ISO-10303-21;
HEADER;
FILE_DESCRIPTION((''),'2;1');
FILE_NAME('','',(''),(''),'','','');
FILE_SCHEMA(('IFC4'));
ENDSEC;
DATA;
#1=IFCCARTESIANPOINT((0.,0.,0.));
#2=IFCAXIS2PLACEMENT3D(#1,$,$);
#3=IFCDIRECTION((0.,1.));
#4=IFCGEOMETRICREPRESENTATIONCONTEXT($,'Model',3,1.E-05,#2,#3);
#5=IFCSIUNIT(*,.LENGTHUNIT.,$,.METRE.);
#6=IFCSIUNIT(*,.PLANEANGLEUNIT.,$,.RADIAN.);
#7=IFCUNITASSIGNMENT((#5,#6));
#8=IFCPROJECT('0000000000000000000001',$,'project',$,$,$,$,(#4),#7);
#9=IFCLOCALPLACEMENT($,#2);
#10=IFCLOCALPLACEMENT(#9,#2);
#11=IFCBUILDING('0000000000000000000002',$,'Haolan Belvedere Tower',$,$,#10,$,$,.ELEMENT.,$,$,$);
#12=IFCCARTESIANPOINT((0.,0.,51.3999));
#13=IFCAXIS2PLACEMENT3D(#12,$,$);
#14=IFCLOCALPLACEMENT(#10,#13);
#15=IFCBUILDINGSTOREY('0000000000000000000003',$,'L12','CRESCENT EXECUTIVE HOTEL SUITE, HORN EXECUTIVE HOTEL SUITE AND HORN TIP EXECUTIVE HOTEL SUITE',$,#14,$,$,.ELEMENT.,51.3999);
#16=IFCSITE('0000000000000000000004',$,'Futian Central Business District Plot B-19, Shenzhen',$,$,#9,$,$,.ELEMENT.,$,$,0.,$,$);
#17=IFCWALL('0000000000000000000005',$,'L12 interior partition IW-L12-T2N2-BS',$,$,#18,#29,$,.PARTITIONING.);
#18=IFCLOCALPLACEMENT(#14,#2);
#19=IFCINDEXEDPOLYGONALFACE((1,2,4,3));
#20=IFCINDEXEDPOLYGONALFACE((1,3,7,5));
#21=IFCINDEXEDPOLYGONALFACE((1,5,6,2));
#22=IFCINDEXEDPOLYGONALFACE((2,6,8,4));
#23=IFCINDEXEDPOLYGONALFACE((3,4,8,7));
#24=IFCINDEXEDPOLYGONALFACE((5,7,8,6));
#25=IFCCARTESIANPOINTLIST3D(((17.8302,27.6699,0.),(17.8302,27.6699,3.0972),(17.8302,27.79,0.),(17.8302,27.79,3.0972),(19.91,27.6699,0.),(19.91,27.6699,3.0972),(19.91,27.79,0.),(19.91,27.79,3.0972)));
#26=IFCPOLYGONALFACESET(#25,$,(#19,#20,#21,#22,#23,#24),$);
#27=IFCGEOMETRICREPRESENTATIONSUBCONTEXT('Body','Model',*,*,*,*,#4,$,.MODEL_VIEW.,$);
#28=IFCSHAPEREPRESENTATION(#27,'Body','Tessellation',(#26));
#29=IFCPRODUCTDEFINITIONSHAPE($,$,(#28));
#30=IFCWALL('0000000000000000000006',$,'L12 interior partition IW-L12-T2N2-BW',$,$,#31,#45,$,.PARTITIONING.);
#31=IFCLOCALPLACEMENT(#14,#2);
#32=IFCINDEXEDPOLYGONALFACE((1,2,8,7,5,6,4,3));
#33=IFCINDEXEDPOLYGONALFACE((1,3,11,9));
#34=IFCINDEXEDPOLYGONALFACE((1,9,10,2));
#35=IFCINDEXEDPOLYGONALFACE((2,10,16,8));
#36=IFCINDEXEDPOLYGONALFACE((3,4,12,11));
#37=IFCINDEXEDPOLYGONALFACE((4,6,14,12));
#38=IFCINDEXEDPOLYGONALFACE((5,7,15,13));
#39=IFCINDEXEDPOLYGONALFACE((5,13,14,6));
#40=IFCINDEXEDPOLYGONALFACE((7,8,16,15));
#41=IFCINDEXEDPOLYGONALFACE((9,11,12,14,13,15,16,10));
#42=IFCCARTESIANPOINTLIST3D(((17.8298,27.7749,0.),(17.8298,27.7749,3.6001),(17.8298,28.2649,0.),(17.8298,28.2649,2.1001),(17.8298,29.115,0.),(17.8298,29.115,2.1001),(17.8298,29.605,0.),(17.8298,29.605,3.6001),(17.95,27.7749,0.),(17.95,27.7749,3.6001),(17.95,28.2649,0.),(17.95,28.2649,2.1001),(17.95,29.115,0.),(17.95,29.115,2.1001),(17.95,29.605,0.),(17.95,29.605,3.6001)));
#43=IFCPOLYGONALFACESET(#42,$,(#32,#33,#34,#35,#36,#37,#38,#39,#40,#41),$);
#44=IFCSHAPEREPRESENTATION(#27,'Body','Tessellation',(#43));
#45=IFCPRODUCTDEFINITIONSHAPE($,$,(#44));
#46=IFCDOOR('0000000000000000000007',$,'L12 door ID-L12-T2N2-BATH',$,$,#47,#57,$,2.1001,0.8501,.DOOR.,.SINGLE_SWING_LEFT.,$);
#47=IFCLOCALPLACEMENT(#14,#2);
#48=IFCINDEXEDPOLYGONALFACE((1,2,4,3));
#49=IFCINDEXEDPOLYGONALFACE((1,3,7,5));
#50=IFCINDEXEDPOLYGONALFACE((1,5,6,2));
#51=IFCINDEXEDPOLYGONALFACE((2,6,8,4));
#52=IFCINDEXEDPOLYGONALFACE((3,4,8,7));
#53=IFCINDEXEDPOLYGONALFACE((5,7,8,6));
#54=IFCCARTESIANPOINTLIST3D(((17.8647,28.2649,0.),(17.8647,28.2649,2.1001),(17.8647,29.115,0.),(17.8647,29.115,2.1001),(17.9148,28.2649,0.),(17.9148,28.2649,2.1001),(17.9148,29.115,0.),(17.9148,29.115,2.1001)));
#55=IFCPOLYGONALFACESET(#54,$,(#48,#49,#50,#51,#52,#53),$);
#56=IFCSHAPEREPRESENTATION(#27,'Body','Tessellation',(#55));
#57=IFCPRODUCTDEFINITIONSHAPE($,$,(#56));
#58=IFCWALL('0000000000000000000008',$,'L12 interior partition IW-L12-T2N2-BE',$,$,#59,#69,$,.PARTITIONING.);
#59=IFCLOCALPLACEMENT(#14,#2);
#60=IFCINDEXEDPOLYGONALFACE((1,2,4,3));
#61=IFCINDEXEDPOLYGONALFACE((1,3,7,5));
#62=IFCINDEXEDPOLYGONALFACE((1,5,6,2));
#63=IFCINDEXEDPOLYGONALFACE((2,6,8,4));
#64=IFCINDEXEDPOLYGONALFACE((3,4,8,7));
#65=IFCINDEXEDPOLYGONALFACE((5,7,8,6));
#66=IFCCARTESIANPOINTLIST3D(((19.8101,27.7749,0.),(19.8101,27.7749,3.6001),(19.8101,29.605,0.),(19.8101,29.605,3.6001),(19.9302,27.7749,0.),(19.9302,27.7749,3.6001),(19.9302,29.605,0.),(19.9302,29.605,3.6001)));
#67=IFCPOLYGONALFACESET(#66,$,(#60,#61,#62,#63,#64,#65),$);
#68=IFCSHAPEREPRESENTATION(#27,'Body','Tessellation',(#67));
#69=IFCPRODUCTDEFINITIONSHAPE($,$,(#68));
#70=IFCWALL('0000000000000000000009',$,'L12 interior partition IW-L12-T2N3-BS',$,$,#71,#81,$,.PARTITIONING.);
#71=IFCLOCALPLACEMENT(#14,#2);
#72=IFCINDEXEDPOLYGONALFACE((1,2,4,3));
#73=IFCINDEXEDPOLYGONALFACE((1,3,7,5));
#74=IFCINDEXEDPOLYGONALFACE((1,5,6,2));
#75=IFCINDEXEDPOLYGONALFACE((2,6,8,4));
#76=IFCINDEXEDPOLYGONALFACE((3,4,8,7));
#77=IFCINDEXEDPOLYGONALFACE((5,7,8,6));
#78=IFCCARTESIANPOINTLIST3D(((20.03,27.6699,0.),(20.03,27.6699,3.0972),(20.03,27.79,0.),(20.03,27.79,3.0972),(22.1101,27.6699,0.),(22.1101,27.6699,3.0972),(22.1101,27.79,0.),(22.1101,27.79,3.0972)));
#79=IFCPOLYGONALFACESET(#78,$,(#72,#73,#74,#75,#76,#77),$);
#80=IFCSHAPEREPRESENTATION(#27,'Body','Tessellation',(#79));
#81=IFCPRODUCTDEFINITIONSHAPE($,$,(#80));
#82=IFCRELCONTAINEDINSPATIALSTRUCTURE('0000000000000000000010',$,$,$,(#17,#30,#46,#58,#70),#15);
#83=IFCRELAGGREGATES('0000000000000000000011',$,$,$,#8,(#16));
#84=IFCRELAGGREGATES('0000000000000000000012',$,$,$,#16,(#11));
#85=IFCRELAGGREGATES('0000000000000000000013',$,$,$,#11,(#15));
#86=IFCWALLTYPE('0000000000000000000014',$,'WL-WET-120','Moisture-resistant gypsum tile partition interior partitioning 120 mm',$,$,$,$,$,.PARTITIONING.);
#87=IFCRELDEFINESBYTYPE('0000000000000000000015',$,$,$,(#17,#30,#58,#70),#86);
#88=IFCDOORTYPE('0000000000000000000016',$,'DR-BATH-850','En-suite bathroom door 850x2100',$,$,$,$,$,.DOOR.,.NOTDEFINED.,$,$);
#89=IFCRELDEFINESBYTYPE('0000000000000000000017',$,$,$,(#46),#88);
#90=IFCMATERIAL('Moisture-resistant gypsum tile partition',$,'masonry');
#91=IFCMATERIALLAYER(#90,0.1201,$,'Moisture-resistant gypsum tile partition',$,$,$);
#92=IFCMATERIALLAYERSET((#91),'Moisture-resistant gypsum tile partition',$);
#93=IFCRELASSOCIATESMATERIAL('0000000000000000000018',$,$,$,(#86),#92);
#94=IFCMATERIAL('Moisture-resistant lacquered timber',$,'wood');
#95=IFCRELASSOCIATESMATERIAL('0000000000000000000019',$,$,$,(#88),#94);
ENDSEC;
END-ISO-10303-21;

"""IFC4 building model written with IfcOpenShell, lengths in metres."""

from ifc_helpers import new_model, si_unit, direction, frame, frame_2d, origin, place, context, subcontext, project, spatial, rectangle, extrude, material, layer, layer_set, type_object, element, fill, save


model = new_model("IFC4")

# Units and contexts
model_context = context("Model", 3, precision=1e-05, world=origin(), true_north=direction((0.0, 1.0)))
body_context = subcontext(model_context, "Body", "Model", "MODEL_VIEW")
ifc_project = project(units=[si_unit("LENGTHUNIT", "METRE"), si_unit("PLANEANGLEUNIT", "RADIAN")], contexts=[model_context])

# Site, building, storey
site_placement = place(None, origin())
site = spatial("IfcSite", under=ifc_project, at=site_placement, Name="Futian Central Business District Plot B-19, Shenzhen", CompositionType="ELEMENT", RefElevation=0.0)
building_placement = place(site_placement, origin())
building = spatial("IfcBuilding", under=site, at=building_placement, Name="Haolan Belvedere Tower", CompositionType="ELEMENT")
storey_placement = place(building_placement, frame((0.0, 0.0, 51.3999)))
storey = spatial("IfcBuildingStorey", under=building, at=storey_placement, Name="L12", Description="CRESCENT EXECUTIVE HOTEL SUITE, HORN EXECUTIVE HOTEL SUITE AND HORN TIP EXECUTIVE HOTEL SUITE", CompositionType="ELEMENT", Elevation=51.3999)

# Wall
ifc_material_1 = material(Name="Moisture-resistant gypsum tile partition", Category="masonry")
ifc_layer_1 = layer(ifc_material_1, 0.1201, Name="Moisture-resistant gypsum tile partition")
ifc_layer_set_1 = layer_set([ifc_layer_1], Name="Moisture-resistant gypsum tile partition")
wall_type_1 = type_object("IfcWallType", Name="WL-WET-120", Description="Moisture-resistant gypsum tile partition interior partitioning 120 mm", PredefinedType="PARTITIONING", material=ifc_layer_set_1)
wall_1_placement = place(storey_placement, frame((17.8301, 27.73, 0.0), z_axis=(0.0, 0.0, 1.0), x_axis=(1.0, 0.0, 0.0)))
element("IfcWall", 1, at=wall_1_placement, inside=storey, type_object=wall_type_1, Name="L12 interior partition IW-L12-T2N2-BS", PredefinedType="PARTITIONING", context=body_context, shape_type="SweptSolid", body=[
    extrude(rectangle(XDim=2.0798, YDim=0.1201, at=frame_2d((1.04, 0.0))), origin(), (0.0, 0.0, 1.0), 3.0972),
])

# Wall, opening, door
wall_2_placement = place(storey_placement, frame((17.8899, 27.7749, 0.0), z_axis=(0.0, 0.0, 1.0), x_axis=(0.0, 1.0, 0.0)))
wall_2 = element("IfcWall", 2, at=wall_2_placement, inside=storey, type_object=wall_type_1, Name="L12 interior partition IW-L12-T2N2-BW", PredefinedType="PARTITIONING", context=body_context, shape_type="SweptSolid", body=[
    extrude(rectangle(XDim=1.8301, YDim=0.1201, at=frame_2d((0.915, 0.0))), origin(), (0.0, 0.0, 1.0), 3.6001),
])
opening_1_placement = place(wall_2_placement, frame((1.3401, 0.0, 0.0), z_axis=(0.0, 0.0, 1.0), x_axis=(-1.0, 0.0, 0.0)))
opening_1 = element("IfcOpeningElement", 3, at=opening_1_placement, cuts=wall_2, PredefinedType="OPENING", context=body_context, shape_type="SweptSolid", body=[
    extrude(rectangle(XDim=0.8501, YDim=2.1001, at=frame_2d((0.425, 1.05))), frame((0.0, 0.0701, 0.0), z_axis=(0.0, -1.0, 0.0), x_axis=(1.0, 0.0, 0.0)), (0.0, 0.0, 1.0), 0.1401),
])
ifc_material_2 = material(Name="Moisture-resistant lacquered timber", Category="wood")
door_type = type_object("IfcDoorType", Name="DR-BATH-850", Description="En-suite bathroom door 850x2100", OperationType="NOTDEFINED", PredefinedType="DOOR", material=ifc_material_2)
door_placement = place(opening_1_placement, origin())
door = element("IfcDoor", 4, at=door_placement, inside=storey, type_object=door_type, Name="L12 door ID-L12-T2N2-BATH", OperationType="SINGLE_SWING_LEFT", OverallHeight=2.1001, OverallWidth=0.8501, PredefinedType="DOOR", context=body_context, shape_type="SweptSolid", body=[
    extrude(rectangle(XDim=0.8501, YDim=2.1001, at=frame_2d((0.425, 1.05))), frame((0.0, 0.0249, 0.0), z_axis=(0.0, -1.0, 0.0), x_axis=(1.0, 0.0, 0.0)), (0.0, 0.0, 1.0), 0.05),
])
fill(opening_1, door)

# Walls
wall_3_placement = place(storey_placement, frame((19.8701, 27.7749, 0.0), z_axis=(0.0, 0.0, 1.0), x_axis=(0.0, 1.0, 0.0)))
element("IfcWall", 5, at=wall_3_placement, inside=storey, type_object=wall_type_1, Name="L12 interior partition IW-L12-T2N2-BE", PredefinedType="PARTITIONING", context=body_context, shape_type="SweptSolid", body=[
    extrude(rectangle(XDim=1.8301, YDim=0.1201, at=frame_2d((0.915, 0.0))), origin(), (0.0, 0.0, 1.0), 3.6001),
])
wall_4_placement = place(storey_placement, frame((20.03, 27.73, 0.0), z_axis=(0.0, 0.0, 1.0), x_axis=(1.0, 0.0, 0.0)))
element("IfcWall", 6, at=wall_4_placement, inside=storey, type_object=wall_type_1, Name="L12 interior partition IW-L12-T2N3-BS", PredefinedType="PARTITIONING", context=body_context, shape_type="SweptSolid", body=[
    extrude(rectangle(XDim=2.0801, YDim=0.1201, at=frame_2d((1.04, 0.0))), origin(), (0.0, 0.0, 1.0), 3.0972),
])

save(model, "model.ifc")
